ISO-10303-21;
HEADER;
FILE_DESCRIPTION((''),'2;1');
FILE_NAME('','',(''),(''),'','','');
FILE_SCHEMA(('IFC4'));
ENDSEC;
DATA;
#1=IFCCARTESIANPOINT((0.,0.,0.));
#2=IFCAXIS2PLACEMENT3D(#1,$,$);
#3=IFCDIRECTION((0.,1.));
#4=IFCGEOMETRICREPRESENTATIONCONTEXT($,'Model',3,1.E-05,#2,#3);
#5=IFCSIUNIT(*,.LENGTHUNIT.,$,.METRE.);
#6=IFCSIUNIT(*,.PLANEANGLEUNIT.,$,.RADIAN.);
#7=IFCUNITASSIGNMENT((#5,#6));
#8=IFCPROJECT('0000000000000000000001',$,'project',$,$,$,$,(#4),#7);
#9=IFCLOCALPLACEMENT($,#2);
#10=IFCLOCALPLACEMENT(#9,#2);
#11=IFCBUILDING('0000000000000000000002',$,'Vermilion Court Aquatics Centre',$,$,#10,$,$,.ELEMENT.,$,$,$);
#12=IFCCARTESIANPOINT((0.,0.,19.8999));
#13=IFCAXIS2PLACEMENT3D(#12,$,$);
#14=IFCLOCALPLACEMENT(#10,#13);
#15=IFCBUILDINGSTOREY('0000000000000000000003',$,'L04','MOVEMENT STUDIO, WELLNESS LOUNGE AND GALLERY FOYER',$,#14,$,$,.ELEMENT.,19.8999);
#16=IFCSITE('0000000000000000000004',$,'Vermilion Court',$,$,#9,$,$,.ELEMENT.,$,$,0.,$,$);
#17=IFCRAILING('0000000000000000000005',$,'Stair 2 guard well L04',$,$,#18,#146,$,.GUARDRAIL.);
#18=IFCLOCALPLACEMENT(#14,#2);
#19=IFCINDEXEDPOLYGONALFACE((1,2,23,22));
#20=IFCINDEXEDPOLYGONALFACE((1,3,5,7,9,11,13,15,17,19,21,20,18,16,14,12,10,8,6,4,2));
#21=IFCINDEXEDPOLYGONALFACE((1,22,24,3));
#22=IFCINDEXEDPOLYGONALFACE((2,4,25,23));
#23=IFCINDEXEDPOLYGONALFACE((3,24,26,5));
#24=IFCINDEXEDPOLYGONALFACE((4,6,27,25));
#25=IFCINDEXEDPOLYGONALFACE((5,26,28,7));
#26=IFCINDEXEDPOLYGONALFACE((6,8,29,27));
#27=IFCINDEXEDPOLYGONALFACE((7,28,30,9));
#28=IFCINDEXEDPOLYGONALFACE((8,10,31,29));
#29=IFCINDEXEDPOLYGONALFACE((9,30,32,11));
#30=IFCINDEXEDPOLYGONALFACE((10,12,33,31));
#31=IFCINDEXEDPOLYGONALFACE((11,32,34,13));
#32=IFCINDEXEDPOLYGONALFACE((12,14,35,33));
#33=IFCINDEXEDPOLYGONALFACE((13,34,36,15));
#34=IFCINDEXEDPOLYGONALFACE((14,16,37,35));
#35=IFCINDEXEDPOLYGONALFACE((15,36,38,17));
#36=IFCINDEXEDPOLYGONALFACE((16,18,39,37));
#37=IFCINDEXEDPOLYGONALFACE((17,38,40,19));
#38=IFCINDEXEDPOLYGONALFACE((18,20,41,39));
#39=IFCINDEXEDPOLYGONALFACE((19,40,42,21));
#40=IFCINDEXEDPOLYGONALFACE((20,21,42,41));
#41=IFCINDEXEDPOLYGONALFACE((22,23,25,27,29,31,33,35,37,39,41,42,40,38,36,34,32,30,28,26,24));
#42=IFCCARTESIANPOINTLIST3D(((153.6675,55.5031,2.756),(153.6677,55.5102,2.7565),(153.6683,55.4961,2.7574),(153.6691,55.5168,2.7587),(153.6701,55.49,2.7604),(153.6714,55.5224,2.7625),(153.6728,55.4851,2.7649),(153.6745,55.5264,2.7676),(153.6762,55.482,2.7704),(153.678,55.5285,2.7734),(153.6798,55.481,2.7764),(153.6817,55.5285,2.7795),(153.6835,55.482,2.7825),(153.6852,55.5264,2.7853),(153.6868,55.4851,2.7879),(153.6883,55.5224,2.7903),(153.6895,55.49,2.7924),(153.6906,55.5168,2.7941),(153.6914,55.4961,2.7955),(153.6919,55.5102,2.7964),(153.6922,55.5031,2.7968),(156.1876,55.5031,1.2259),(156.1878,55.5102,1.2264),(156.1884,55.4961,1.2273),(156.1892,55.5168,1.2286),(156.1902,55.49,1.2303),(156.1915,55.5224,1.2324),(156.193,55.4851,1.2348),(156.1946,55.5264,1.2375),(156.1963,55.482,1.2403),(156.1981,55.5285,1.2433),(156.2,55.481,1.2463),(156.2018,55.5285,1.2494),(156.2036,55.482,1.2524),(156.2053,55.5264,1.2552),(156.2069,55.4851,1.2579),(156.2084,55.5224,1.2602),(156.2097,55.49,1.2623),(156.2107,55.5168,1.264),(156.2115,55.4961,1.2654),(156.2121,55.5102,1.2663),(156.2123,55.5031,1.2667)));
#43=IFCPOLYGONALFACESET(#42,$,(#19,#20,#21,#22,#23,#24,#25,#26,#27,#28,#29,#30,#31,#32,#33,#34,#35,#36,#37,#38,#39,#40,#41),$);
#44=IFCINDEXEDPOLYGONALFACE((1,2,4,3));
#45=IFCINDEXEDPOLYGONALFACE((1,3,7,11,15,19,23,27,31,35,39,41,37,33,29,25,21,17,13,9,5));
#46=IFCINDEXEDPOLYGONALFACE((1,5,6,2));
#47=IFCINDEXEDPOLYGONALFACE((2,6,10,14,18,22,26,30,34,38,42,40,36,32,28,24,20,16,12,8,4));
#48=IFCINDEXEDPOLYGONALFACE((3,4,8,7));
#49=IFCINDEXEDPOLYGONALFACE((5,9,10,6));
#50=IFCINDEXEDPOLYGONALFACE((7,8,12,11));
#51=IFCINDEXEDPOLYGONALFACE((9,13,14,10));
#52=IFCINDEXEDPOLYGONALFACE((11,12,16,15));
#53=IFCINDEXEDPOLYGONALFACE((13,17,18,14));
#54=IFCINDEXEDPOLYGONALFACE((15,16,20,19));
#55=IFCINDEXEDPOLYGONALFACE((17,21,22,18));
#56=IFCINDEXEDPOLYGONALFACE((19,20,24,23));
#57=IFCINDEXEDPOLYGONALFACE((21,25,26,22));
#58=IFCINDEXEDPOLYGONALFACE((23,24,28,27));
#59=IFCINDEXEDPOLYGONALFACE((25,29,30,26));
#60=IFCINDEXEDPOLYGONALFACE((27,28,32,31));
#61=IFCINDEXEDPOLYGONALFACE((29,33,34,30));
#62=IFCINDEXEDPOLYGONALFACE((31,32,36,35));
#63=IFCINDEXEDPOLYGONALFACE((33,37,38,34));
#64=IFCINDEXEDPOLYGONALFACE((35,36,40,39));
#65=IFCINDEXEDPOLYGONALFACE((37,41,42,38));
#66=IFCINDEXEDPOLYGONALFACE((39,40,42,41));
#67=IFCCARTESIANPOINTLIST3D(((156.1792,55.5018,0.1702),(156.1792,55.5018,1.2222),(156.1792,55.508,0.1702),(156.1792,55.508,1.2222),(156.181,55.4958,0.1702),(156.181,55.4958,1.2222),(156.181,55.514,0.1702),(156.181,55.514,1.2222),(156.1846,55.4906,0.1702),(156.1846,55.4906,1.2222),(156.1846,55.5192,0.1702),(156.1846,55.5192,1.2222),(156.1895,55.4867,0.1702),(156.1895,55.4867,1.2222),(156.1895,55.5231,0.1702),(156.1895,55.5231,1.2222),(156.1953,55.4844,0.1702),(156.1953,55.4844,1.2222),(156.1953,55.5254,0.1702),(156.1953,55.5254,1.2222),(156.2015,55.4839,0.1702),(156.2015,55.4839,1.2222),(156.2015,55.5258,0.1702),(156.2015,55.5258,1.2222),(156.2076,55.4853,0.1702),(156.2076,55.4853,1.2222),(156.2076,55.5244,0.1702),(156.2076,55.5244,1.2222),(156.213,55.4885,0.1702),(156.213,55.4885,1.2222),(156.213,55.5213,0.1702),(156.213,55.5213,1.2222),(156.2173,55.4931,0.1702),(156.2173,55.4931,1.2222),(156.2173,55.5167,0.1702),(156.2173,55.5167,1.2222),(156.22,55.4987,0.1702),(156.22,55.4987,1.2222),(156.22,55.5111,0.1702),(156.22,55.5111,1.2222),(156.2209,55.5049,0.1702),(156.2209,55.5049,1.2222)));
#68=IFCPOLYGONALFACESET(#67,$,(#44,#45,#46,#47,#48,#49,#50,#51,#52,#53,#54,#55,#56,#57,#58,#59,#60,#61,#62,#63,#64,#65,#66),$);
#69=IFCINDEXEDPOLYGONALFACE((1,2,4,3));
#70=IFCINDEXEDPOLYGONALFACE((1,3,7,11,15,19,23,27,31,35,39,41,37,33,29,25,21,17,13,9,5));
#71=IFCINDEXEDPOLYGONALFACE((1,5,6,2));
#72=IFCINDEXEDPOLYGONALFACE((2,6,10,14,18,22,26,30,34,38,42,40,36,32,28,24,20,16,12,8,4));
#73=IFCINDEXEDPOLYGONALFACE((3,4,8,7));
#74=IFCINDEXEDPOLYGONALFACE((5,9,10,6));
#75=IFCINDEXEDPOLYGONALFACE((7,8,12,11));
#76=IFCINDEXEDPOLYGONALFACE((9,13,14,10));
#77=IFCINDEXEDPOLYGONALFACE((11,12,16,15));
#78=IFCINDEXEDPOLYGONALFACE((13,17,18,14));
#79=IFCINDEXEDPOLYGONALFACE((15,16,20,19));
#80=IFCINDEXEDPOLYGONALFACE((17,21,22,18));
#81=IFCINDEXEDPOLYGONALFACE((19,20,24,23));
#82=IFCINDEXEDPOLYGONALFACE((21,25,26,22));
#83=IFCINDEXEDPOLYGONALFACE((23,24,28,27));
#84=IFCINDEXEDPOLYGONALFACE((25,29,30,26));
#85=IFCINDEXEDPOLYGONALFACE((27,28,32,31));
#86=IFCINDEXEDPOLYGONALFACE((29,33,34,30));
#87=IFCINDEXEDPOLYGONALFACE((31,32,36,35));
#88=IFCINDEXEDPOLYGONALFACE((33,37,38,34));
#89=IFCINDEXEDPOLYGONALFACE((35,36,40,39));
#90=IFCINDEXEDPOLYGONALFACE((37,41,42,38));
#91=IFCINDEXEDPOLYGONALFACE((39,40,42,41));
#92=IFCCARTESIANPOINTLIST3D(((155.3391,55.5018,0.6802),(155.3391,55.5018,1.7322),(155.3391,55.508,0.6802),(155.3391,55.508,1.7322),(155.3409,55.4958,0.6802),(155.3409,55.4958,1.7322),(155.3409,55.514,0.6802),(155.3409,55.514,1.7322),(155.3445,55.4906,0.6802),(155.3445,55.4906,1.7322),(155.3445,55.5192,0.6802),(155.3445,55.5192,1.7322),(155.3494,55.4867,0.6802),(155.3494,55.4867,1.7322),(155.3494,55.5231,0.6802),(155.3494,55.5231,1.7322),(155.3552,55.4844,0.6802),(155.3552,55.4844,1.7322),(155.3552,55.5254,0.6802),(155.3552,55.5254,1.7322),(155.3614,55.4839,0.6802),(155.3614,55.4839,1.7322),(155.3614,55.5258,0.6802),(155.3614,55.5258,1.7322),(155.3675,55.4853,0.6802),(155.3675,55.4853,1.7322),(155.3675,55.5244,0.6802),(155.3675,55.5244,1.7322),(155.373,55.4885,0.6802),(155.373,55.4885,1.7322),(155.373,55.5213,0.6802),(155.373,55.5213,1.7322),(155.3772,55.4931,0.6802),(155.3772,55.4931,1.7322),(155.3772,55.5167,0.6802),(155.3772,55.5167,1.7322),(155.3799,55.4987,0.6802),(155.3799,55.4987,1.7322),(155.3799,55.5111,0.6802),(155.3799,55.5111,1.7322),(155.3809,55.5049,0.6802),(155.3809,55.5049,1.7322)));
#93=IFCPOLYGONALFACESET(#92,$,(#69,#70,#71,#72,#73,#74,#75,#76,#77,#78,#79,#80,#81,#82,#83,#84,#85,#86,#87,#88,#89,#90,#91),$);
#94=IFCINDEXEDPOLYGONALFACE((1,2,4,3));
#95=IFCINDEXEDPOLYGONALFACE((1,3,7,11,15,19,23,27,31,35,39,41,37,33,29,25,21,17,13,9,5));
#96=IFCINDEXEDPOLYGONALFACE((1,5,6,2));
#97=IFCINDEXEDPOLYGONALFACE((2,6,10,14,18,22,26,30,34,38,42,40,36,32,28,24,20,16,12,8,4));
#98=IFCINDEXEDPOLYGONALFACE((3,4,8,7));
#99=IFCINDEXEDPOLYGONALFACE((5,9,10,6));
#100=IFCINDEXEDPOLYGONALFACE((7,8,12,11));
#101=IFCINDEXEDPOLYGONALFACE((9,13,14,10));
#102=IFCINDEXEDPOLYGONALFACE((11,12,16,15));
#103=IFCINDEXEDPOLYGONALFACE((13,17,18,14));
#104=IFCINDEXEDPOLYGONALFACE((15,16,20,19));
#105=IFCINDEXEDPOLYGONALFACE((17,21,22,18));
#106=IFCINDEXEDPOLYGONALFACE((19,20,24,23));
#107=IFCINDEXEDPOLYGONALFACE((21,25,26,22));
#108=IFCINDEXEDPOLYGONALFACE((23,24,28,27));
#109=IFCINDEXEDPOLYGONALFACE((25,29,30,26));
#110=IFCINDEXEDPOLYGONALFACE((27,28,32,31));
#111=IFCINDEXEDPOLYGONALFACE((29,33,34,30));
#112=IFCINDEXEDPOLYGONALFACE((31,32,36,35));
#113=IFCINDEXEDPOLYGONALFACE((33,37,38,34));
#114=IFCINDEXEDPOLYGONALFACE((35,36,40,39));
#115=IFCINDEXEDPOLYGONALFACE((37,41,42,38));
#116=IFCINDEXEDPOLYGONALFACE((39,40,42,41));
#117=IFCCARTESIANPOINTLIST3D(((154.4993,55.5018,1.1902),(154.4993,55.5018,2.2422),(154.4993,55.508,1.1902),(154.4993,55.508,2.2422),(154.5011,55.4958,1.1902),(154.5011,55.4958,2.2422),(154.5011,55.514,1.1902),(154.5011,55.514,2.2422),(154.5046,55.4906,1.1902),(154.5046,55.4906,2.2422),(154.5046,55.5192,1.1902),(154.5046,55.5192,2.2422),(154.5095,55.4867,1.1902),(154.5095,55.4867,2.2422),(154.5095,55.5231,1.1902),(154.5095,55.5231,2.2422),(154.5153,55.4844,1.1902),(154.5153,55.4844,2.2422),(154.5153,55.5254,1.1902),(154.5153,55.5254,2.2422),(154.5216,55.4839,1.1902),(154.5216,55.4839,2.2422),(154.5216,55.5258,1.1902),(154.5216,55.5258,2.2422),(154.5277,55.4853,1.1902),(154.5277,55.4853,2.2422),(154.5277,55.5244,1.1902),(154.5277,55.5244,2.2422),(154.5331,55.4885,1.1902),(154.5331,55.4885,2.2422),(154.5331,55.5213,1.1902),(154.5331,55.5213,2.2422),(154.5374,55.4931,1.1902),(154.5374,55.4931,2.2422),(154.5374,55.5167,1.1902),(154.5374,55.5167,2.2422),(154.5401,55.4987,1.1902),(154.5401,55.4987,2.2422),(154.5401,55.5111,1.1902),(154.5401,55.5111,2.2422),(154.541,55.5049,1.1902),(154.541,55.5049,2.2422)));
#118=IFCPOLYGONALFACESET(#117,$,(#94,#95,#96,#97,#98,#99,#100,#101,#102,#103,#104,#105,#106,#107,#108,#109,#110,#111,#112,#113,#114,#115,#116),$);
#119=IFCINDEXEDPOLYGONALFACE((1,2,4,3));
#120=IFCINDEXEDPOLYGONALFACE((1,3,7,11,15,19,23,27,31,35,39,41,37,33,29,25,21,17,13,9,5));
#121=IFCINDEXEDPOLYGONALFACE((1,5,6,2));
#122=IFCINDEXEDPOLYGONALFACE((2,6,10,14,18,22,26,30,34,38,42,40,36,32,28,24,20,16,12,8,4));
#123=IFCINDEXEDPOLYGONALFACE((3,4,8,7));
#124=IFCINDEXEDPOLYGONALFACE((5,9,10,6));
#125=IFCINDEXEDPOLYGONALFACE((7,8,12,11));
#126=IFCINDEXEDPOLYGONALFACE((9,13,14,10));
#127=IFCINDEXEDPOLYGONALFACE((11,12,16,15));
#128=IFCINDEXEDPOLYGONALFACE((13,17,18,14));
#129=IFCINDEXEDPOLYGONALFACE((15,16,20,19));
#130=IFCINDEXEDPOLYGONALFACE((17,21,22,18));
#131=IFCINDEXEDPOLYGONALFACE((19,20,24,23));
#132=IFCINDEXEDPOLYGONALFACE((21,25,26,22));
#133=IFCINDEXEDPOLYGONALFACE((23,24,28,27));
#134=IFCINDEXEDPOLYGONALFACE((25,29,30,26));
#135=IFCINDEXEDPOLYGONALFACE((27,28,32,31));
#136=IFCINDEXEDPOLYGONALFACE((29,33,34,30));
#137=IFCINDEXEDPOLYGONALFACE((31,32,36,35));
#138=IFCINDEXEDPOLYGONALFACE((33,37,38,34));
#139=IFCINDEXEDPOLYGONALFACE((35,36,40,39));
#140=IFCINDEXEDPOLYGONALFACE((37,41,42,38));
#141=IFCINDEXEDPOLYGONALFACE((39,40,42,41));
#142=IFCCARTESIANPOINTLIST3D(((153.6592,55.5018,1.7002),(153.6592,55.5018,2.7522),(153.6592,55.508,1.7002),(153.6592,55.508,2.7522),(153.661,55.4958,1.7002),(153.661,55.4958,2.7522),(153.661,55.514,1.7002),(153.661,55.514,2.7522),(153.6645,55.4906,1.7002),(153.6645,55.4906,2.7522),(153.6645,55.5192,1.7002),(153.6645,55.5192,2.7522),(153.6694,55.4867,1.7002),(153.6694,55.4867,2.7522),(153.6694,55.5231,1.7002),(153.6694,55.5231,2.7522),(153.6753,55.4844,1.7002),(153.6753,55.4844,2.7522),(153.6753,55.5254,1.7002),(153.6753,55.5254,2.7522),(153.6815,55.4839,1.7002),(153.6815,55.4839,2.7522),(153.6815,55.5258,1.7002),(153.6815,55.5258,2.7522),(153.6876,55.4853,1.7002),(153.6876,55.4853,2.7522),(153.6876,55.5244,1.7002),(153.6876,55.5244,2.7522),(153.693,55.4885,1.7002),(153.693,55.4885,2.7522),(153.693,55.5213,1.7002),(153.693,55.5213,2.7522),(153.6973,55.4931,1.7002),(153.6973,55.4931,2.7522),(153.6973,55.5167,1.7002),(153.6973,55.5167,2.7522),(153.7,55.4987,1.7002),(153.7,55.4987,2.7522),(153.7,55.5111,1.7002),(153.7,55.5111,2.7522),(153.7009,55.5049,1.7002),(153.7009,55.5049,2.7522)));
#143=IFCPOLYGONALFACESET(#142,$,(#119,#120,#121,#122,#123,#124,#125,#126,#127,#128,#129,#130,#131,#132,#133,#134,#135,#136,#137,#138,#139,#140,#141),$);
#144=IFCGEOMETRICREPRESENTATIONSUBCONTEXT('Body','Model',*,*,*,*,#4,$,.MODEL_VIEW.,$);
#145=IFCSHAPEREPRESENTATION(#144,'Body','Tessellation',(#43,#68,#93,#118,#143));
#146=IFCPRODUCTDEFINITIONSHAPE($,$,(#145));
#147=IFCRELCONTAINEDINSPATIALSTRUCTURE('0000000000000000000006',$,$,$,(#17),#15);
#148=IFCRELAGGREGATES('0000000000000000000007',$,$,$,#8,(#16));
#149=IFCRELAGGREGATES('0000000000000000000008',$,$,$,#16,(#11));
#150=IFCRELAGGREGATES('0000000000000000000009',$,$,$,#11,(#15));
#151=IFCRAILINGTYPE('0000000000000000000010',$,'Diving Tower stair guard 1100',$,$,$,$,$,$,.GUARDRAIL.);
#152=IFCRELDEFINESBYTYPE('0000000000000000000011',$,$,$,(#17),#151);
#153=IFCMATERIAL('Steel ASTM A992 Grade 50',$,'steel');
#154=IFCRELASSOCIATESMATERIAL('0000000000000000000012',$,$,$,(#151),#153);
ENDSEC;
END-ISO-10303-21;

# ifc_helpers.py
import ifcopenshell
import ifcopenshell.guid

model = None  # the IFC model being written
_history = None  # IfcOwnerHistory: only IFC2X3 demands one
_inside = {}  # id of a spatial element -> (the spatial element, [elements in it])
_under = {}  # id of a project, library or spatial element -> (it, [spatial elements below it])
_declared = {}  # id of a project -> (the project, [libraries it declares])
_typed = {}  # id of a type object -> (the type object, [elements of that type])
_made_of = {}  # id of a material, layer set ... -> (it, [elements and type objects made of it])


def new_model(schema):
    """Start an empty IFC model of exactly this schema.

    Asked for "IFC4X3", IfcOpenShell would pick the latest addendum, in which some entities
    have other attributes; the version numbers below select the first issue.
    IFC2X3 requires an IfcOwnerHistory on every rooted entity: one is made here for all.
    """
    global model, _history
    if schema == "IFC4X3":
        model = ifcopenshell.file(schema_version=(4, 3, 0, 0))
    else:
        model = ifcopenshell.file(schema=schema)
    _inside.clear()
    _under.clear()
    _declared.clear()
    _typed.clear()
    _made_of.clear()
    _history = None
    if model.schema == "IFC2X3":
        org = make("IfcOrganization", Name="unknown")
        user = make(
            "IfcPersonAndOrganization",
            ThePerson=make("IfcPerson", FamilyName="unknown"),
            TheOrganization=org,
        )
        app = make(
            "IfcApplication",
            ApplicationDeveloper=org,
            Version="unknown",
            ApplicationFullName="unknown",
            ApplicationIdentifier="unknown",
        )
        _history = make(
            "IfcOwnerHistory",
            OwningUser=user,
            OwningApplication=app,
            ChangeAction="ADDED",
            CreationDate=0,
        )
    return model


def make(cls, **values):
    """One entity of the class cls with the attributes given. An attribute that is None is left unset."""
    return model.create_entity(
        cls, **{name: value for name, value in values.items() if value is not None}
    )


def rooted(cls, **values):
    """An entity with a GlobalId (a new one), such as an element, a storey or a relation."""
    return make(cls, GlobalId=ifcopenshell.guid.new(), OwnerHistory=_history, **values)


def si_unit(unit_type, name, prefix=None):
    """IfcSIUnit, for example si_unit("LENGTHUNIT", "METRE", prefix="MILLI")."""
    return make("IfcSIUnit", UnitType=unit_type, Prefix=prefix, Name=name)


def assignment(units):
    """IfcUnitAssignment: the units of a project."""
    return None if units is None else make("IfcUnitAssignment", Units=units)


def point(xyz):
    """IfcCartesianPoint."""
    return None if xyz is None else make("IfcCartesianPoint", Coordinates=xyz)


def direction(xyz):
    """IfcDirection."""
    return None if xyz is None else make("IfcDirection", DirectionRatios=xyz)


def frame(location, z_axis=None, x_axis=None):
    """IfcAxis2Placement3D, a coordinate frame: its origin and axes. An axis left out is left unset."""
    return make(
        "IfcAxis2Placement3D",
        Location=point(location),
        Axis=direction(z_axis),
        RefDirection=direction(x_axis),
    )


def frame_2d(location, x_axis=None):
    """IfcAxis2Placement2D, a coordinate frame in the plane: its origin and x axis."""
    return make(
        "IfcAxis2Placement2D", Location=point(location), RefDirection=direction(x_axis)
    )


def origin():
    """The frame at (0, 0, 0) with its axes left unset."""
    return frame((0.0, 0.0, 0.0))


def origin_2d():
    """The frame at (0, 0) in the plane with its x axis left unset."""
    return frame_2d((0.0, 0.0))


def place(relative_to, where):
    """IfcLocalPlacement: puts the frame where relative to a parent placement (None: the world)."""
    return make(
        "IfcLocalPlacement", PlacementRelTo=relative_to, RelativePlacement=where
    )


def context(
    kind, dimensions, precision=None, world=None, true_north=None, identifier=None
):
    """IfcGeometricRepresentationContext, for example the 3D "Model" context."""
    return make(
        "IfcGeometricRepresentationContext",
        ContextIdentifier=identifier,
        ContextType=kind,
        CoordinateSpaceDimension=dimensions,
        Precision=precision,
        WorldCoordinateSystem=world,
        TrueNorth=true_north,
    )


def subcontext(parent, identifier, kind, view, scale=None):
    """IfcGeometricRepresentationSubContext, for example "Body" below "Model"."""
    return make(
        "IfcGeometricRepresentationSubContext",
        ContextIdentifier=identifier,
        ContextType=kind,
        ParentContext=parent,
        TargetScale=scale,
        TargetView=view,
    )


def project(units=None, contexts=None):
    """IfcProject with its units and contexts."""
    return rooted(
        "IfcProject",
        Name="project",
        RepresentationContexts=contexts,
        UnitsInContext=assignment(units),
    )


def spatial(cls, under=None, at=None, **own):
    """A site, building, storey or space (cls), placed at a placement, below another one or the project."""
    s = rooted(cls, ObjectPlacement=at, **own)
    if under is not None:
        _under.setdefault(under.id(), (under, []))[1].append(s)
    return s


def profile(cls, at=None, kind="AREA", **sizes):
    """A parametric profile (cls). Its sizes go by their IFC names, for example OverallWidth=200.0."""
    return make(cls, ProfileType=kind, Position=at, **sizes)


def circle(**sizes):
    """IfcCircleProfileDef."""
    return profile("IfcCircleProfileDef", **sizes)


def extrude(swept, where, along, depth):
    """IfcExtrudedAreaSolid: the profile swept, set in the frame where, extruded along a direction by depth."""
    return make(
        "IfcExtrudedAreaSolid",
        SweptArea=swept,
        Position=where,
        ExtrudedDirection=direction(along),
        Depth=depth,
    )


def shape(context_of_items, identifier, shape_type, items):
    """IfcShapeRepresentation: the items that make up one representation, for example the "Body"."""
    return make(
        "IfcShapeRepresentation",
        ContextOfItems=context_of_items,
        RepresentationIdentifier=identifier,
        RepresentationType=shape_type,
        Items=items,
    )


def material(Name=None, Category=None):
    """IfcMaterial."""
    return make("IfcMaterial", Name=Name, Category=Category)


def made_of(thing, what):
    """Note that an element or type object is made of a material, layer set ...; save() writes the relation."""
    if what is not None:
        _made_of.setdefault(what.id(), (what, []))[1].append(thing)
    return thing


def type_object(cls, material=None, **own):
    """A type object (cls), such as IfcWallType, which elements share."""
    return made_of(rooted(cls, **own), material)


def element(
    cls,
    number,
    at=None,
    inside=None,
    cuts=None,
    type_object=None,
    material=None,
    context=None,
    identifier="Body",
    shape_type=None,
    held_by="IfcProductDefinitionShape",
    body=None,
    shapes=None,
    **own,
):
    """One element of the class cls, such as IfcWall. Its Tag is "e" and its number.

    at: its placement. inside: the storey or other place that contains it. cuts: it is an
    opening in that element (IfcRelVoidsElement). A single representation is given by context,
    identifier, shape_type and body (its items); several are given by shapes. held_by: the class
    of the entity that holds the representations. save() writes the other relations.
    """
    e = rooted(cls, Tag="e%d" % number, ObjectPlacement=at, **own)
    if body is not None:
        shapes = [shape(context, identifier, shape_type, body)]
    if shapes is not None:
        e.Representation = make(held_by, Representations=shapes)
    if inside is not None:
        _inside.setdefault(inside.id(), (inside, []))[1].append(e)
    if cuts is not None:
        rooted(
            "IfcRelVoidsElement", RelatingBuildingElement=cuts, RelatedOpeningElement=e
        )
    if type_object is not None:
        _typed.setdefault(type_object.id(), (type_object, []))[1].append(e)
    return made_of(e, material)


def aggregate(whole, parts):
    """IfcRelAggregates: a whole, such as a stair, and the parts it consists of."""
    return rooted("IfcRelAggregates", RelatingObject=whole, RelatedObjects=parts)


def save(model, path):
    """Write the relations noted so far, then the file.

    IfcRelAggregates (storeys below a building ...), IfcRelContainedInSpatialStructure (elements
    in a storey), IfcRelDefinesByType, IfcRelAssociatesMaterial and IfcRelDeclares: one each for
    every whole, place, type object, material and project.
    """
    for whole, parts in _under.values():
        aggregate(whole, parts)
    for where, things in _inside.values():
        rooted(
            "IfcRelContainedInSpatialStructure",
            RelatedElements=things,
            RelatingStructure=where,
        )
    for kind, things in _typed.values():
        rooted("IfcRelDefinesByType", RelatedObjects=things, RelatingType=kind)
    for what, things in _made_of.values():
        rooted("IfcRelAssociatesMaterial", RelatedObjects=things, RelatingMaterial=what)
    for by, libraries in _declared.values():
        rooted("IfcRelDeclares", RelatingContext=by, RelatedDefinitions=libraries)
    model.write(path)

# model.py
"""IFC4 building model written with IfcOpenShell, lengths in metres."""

from ifc_helpers import new_model, si_unit, direction, frame, origin, origin_2d, place, context, subcontext, project, spatial, circle, extrude, material, type_object, element, save


model = new_model("IFC4")

# Units and contexts
model_context = context("Model", 3, precision=1e-05, world=origin(), true_north=direction((0.0, 1.0)))
body_context = subcontext(model_context, "Body", "Model", "MODEL_VIEW")
ifc_project = project(units=[si_unit("LENGTHUNIT", "METRE"), si_unit("PLANEANGLEUNIT", "RADIAN")], contexts=[model_context])

# Site, building, storey
site_placement = place(None, origin())
site = spatial("IfcSite", under=ifc_project, at=site_placement, Name="Vermilion Court", CompositionType="ELEMENT", RefElevation=0.0)
building_placement = place(site_placement, origin())
building = spatial("IfcBuilding", under=site, at=building_placement, Name="Vermilion Court Aquatics Centre", CompositionType="ELEMENT")
storey_placement = place(building_placement, frame((0.0, 0.0, 19.8999)))
storey = spatial("IfcBuildingStorey", under=building, at=storey_placement, Name="L04", Description="MOVEMENT STUDIO, WELLNESS LOUNGE AND GALLERY FOYER", CompositionType="ELEMENT", Elevation=19.8999)

# Railing
ifc_material_1 = material(Name="Steel ASTM A992 Grade 50", Category="steel")
railing_type_1 = type_object("IfcRailingType", Name="Diving Tower stair guard 1100", PredefinedType="GUARDRAIL", material=ifc_material_1)
railing_1_placement = place(storey_placement, frame((156.2, 55.5049, 0.1702)))
element("IfcRailing", 1, at=railing_1_placement, inside=storey, type_object=railing_type_1, Name="Stair 2 guard well L04", PredefinedType="GUARDRAIL", context=body_context, shape_type="SweptSolid", body=[
    extrude(circle(Radius=0.0239, at=origin_2d()), frame((0.0, 0.0, 1.0762), z_axis=(-0.854785, 0.0, 0.518982), x_axis=(0.0, -1.0, 0.0)), (0.0, 0.0, 1.0), 2.9482),
    extrude(circle(Radius=0.021, at=origin_2d()), origin(), (0.0, 0.0, 1.0), 1.052),
    extrude(circle(Radius=0.021, at=origin_2d()), frame((-0.8401, 0.0, 0.51)), (0.0, 0.0, 1.0), 1.052),
    extrude(circle(Radius=0.021, at=origin_2d()), frame((-1.6799, 0.0, 1.02)), (0.0, 0.0, 1.0), 1.052),
    extrude(circle(Radius=0.021, at=origin_2d()), frame((-2.52, 0.0, 1.53)), (0.0, 0.0, 1.0), 1.052),
])

save(model, "model.ifc")
